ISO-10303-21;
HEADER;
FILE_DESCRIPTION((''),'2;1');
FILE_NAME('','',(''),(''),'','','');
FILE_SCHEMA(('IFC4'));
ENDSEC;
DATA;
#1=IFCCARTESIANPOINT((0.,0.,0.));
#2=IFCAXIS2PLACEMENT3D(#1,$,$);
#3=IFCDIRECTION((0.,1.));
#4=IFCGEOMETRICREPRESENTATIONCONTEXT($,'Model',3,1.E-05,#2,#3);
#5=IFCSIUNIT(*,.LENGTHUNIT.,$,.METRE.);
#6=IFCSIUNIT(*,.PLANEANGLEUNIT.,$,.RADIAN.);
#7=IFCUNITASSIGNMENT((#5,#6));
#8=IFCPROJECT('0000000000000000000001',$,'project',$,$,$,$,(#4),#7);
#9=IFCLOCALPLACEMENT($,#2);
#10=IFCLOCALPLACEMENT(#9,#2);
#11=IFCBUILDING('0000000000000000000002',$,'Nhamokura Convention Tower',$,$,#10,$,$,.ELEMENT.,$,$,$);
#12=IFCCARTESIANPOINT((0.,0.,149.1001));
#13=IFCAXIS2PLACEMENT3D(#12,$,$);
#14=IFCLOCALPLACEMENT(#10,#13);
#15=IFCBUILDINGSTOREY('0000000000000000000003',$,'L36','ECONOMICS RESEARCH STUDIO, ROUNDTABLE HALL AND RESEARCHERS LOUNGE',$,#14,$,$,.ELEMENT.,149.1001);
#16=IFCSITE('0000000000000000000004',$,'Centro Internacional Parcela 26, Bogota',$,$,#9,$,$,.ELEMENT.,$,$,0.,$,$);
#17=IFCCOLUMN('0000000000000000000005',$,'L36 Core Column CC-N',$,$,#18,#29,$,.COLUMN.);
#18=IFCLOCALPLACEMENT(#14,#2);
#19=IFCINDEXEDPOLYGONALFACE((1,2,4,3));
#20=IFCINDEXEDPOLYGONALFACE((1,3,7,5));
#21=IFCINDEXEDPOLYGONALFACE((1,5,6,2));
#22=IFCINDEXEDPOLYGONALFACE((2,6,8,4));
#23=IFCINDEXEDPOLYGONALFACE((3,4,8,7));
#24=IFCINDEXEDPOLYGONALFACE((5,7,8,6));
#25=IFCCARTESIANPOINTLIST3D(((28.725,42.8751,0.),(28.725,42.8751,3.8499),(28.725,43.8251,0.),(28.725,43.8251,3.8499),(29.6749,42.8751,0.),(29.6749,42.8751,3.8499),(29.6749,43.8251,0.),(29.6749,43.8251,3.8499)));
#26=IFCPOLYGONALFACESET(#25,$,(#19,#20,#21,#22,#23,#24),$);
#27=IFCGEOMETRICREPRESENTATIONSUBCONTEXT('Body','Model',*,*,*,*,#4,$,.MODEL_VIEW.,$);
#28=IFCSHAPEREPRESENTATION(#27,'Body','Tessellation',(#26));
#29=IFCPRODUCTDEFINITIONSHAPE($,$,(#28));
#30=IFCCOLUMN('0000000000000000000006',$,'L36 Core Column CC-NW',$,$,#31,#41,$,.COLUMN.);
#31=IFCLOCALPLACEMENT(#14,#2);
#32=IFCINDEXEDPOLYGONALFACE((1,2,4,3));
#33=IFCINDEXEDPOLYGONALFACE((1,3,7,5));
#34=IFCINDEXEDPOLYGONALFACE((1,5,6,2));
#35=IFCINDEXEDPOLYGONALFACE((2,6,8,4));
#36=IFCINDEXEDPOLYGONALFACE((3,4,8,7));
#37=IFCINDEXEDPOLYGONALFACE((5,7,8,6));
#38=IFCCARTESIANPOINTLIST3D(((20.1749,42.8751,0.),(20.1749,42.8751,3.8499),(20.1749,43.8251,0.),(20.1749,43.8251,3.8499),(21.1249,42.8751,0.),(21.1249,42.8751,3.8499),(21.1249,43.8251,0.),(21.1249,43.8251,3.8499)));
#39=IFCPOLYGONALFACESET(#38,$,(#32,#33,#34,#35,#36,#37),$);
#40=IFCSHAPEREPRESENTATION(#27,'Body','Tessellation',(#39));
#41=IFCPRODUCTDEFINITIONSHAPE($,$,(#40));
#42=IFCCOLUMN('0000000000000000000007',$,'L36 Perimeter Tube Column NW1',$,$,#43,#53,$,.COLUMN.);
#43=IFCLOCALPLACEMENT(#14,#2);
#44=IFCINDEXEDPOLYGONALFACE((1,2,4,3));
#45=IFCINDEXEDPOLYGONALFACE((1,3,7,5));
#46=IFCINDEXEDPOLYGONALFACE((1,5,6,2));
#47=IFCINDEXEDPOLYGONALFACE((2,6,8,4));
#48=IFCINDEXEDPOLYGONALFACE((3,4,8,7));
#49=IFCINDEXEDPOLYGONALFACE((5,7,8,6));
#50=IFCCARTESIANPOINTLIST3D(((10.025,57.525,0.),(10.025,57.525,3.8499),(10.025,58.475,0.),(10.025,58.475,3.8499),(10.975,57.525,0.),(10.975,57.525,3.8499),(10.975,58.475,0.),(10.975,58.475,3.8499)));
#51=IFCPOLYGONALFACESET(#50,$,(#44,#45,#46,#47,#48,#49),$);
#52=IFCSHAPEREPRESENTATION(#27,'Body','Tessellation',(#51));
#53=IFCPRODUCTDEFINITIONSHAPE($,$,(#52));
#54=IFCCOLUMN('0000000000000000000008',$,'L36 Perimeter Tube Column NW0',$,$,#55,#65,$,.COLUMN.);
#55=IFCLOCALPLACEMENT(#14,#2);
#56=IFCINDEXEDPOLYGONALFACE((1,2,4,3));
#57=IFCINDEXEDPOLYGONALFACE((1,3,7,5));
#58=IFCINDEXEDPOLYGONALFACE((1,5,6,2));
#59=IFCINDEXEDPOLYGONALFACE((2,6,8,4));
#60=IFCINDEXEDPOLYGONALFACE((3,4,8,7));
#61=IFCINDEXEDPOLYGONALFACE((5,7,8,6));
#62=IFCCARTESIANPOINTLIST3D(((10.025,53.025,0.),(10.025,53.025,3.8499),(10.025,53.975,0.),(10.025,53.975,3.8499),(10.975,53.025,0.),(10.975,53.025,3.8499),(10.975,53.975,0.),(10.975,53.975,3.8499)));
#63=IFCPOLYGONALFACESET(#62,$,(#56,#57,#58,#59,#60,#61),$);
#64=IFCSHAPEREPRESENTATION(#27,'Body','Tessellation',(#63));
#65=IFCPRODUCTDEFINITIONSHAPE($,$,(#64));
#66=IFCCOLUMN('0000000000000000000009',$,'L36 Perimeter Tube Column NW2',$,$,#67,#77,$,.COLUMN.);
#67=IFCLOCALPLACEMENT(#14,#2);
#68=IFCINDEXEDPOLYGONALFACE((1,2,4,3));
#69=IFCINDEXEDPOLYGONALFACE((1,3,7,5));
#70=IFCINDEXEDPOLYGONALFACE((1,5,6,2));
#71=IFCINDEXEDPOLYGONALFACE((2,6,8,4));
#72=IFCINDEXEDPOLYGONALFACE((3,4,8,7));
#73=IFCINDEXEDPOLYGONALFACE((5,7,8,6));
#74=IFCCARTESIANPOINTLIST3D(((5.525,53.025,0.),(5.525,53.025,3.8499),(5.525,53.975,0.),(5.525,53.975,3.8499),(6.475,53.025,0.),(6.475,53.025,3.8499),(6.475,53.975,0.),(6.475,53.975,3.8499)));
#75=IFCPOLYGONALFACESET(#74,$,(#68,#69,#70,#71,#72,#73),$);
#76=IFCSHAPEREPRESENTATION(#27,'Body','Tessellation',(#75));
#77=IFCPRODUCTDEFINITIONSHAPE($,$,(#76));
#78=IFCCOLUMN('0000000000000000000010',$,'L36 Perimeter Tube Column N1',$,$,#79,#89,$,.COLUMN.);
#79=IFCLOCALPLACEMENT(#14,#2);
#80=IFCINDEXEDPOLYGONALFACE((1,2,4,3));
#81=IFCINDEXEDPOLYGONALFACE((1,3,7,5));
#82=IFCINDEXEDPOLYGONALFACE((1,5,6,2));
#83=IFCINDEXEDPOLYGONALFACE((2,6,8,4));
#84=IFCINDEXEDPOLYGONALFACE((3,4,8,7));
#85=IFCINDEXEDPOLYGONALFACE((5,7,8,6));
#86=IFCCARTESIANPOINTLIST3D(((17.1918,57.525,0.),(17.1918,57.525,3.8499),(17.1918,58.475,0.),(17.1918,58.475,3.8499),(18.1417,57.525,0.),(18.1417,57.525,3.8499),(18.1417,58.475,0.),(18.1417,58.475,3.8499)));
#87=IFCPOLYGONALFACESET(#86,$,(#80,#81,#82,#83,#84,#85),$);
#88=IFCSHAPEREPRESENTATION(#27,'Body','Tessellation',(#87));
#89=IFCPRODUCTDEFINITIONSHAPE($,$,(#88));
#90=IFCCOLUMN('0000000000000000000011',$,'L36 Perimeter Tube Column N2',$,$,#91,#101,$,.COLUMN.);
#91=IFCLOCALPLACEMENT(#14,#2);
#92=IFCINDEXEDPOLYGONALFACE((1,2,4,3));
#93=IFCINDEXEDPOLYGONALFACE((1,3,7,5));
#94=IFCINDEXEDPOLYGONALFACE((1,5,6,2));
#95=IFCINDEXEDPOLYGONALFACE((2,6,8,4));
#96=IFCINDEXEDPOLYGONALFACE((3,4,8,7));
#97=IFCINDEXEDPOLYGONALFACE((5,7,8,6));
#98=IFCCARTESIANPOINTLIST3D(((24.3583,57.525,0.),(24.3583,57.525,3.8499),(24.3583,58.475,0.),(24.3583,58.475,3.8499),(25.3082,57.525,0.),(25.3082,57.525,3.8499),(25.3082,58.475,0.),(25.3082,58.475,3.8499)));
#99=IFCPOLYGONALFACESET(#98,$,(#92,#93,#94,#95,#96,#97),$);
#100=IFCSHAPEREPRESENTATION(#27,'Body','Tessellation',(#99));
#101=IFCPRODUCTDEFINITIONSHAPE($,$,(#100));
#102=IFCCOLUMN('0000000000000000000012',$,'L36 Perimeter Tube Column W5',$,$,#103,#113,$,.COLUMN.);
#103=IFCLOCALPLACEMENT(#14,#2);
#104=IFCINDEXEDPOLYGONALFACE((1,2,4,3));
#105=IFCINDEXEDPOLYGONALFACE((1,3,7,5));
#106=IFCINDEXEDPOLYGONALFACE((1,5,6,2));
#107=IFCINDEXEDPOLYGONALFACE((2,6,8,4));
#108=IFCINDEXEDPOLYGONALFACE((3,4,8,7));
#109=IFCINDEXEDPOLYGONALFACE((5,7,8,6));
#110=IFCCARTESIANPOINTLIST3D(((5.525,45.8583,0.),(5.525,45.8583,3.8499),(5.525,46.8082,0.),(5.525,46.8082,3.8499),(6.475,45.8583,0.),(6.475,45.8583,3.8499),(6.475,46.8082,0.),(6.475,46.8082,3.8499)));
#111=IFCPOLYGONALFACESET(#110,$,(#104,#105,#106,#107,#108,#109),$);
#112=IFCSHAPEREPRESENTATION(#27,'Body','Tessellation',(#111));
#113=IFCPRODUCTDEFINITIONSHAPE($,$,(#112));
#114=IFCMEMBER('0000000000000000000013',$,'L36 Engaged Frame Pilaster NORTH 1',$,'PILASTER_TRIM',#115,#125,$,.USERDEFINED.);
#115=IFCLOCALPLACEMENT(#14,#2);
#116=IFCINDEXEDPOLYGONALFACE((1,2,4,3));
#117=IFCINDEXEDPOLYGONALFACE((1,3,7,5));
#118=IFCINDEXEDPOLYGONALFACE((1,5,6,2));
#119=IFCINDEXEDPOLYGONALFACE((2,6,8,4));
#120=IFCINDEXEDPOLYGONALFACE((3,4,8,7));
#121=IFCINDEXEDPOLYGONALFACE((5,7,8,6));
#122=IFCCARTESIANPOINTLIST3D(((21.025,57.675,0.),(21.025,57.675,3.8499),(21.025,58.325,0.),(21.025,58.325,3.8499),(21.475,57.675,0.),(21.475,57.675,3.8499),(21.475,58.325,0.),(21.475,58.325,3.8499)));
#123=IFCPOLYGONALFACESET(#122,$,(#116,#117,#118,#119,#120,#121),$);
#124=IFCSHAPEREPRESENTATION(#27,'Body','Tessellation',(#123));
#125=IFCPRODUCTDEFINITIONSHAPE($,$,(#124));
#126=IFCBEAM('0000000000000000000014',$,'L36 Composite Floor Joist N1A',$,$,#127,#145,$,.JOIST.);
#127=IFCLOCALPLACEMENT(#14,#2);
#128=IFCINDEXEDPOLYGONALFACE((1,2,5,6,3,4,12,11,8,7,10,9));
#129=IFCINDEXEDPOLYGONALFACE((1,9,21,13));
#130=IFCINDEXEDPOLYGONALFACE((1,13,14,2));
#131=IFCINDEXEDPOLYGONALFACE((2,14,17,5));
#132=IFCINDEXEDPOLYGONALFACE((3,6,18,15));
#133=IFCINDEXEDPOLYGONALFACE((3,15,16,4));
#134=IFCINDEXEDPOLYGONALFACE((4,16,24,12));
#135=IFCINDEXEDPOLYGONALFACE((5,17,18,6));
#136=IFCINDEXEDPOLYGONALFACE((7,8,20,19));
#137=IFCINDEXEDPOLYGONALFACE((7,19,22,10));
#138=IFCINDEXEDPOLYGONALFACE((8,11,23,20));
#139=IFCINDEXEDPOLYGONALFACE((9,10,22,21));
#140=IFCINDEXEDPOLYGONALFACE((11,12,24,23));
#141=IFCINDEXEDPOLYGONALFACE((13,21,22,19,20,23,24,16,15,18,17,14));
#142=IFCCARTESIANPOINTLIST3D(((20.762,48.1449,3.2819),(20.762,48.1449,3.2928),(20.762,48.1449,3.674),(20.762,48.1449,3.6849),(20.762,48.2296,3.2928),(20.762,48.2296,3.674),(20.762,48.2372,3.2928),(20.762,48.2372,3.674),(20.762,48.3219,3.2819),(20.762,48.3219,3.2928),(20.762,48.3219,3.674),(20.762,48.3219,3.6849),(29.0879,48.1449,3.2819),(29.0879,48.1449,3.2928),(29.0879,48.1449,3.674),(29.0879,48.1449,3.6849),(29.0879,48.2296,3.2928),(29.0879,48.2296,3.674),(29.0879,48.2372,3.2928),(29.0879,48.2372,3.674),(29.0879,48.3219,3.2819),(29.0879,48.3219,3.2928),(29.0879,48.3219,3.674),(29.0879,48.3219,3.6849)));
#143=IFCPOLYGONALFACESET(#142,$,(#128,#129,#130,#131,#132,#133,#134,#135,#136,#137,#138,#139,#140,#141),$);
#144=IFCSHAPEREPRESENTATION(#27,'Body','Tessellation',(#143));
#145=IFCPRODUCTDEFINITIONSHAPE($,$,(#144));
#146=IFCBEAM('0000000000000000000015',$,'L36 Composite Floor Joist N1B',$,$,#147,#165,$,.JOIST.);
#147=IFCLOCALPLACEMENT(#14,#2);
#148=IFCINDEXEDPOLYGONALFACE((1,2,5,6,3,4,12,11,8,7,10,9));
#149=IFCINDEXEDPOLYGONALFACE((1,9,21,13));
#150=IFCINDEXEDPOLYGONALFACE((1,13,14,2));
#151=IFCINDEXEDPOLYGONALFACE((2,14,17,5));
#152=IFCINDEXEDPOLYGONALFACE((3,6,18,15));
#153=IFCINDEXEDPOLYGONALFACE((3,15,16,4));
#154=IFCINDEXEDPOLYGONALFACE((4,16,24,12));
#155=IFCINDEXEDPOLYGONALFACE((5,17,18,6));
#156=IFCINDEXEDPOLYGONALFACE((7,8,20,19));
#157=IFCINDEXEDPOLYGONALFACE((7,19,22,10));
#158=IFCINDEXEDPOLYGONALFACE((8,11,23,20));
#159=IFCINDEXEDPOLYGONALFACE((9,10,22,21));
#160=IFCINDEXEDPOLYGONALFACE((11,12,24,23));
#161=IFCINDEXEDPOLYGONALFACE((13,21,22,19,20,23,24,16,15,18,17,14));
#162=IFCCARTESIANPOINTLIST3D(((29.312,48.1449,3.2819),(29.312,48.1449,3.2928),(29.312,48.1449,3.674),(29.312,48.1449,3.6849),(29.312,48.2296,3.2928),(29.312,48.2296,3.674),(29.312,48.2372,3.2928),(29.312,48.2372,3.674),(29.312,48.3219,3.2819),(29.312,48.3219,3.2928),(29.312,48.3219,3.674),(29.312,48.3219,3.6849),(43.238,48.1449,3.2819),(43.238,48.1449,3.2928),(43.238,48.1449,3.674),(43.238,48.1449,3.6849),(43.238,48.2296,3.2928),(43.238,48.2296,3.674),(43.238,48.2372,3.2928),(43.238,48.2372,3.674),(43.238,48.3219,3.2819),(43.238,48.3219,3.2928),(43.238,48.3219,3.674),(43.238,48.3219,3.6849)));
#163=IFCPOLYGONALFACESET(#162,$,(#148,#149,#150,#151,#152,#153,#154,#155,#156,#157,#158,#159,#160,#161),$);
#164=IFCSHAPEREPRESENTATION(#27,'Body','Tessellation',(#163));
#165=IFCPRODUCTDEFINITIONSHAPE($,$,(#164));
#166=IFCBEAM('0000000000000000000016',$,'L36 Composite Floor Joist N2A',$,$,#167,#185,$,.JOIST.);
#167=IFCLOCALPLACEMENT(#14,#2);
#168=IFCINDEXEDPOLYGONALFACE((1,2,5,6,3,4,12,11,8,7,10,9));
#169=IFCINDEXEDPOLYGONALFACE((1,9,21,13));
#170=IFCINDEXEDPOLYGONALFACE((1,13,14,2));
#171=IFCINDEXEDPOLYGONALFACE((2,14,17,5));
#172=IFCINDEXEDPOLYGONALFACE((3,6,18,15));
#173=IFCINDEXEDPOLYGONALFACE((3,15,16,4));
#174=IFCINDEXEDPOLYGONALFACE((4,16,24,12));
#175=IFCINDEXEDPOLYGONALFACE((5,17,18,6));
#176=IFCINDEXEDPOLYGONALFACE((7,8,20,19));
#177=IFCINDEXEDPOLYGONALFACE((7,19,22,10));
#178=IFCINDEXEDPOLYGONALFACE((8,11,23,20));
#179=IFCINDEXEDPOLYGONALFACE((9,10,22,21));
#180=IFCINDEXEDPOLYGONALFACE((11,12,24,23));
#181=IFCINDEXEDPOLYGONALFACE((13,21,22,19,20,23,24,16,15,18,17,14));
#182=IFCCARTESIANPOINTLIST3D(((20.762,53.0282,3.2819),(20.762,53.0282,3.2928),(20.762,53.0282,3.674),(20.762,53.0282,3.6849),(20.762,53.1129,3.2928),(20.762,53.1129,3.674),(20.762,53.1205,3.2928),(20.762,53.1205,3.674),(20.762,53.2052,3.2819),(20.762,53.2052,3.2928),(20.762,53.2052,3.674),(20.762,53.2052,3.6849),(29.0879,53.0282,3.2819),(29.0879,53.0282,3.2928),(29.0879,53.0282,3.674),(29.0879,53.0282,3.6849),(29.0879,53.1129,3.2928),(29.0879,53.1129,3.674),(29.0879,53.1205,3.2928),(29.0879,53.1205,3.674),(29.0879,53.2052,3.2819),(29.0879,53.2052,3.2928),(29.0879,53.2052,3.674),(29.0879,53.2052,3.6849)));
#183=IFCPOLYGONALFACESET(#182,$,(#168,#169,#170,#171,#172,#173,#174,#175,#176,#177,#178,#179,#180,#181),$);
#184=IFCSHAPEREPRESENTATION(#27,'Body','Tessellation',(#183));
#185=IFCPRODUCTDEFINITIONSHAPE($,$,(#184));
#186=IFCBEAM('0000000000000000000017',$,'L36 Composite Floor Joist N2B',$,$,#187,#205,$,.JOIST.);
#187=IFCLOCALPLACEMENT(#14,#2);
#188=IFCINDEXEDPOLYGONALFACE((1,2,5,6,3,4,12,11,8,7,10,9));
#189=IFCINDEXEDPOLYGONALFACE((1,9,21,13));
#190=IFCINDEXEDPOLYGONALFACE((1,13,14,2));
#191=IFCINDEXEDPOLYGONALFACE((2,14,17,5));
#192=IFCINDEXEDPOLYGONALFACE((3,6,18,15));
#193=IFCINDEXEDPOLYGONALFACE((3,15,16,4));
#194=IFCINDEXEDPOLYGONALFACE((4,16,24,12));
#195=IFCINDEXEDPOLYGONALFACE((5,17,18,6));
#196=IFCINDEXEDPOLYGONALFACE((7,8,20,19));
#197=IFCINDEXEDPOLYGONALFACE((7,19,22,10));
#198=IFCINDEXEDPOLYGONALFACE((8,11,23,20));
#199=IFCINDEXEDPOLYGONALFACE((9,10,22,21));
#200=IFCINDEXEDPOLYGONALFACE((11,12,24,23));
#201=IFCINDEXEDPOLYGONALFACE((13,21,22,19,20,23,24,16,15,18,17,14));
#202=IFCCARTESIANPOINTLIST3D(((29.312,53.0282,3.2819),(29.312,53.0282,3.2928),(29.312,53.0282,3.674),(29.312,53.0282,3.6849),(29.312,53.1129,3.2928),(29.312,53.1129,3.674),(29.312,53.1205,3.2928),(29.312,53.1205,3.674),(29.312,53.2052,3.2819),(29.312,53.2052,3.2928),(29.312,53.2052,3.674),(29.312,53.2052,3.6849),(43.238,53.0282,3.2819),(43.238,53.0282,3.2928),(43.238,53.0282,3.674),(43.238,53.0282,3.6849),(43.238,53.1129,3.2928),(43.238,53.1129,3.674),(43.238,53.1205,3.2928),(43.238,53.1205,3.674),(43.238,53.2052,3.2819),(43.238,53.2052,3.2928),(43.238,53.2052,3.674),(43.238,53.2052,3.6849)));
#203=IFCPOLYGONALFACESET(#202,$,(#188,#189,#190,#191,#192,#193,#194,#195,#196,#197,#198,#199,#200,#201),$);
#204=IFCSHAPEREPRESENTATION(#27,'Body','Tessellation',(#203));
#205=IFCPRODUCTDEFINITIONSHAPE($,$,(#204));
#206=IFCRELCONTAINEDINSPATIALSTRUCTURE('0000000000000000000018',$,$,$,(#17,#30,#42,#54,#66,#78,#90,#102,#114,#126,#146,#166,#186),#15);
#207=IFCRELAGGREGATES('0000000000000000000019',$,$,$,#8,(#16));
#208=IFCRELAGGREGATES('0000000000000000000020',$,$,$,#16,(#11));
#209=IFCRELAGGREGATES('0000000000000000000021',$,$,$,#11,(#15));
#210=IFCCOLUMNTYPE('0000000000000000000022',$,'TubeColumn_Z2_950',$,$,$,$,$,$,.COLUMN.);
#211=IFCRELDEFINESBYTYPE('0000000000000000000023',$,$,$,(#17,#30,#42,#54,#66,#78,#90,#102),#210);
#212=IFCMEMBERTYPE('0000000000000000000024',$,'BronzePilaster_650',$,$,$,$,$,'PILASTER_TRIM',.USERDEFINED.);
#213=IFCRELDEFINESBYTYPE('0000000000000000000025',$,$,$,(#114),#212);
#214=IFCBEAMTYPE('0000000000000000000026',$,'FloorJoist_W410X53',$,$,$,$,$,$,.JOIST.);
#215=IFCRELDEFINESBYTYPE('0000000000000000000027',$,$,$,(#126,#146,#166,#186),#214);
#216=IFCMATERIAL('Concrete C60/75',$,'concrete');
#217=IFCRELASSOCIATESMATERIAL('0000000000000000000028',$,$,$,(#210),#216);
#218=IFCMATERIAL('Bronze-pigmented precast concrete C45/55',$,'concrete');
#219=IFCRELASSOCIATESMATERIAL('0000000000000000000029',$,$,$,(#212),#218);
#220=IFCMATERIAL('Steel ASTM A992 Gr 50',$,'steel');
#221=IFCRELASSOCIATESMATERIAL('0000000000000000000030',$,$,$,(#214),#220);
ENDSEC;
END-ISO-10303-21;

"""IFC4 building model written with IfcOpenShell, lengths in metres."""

from ifc_helpers import new_model, si_unit, direction, frame, origin, origin_2d, place, context, subcontext, project, spatial, rectangle, i_section, extrude, material, material_profile, profile_set, type_object, element, save


model = new_model("IFC4")

# Units and contexts
model_context = context("Model", 3, precision=1e-05, world=origin(), true_north=direction((0.0, 1.0)))
body_context = subcontext(model_context, "Body", "Model", "MODEL_VIEW")
ifc_project = project(units=[si_unit("LENGTHUNIT", "METRE"), si_unit("PLANEANGLEUNIT", "RADIAN")], contexts=[model_context])

# Site, building, storey
site_placement = place(None, origin())
site = spatial("IfcSite", under=ifc_project, at=site_placement, Name="Centro Internacional Parcela 26, Bogota", CompositionType="ELEMENT", RefElevation=0.0)
building_placement = place(site_placement, origin())
building = spatial("IfcBuilding", under=site, at=building_placement, Name="Nhamokura Convention Tower", CompositionType="ELEMENT")
storey_placement = place(building_placement, frame((0.0, 0.0, 149.1001)))
storey = spatial("IfcBuildingStorey", under=building, at=storey_placement, Name="L36", Description="ECONOMICS RESEARCH STUDIO, ROUNDTABLE HALL AND RESEARCHERS LOUNGE", CompositionType="ELEMENT", Elevation=149.1001)

# Columns
ifc_material_1 = material(Name="Concrete C60/75", Category="concrete")
ifc_material_profile_1 = material_profile(ifc_material_1, rectangle(XDim=0.95, YDim=0.95, at=origin_2d()))
ifc_profile_set_1 = profile_set([ifc_material_profile_1], Name="Concrete C60/75")
column_type = type_object("IfcColumnType", Name="TubeColumn_Z2_950", PredefinedType="COLUMN", material=ifc_profile_set_1)
for number, where, z_axis, x_axis, name in (
    (1, (29.2, 43.3501, 0.0), (0.0, 0.0, 1.0), (1.0, 0.0, 0.0), "L36 Core Column CC-N"),
    (2, (20.6499, 43.3501, 0.0), (0.0, 0.0, 1.0), (1.0, 0.0, 0.0), "L36 Core Column CC-NW"),
    (3, (10.5, 58.0, 0.0), (0.0, 0.0, 1.0), (1.0, 0.0, 0.0), "L36 Perimeter Tube Column NW1"),
    (4, (10.5, 53.5, 0.0), (0.0, 0.0, 1.0), (1.0, 0.0, 0.0), "L36 Perimeter Tube Column NW0"),
    (5, (6.0, 53.5, 0.0), (0.0, 0.0, 1.0), (1.0, 0.0, 0.0), "L36 Perimeter Tube Column NW2"),
    (6, (17.6667, 58.0, 0.0), (0.0, 0.0, 1.0), (1.0, 0.0, 0.0), "L36 Perimeter Tube Column N1"),
    (7, (24.8333, 58.0, 0.0), (0.0, 0.0, 1.0), (1.0, 0.0, 0.0), "L36 Perimeter Tube Column N2"),
    (8, (6.0, 46.3333, 0.0), (0.0, 0.0, 1.0), (1.0, 0.0, 0.0), "L36 Perimeter Tube Column W5"),
):
    element("IfcColumn", number, at=place(storey_placement, frame(where, z_axis=z_axis, x_axis=x_axis)), inside=storey, type_object=column_type, Name=name, PredefinedType="COLUMN", context=body_context, shape_type="SweptSolid", body=[
        extrude(rectangle(XDim=0.95, YDim=0.95, at=origin_2d()), origin(), (0.0, 0.0, 1.0), 3.8499),
    ])

# Member
ifc_material_2 = material(Name="Bronze-pigmented precast concrete C45/55", Category="concrete")
ifc_material_profile_2 = material_profile(ifc_material_2, rectangle(XDim=0.45, YDim=0.6499, at=origin_2d()))
ifc_profile_set_2 = profile_set([ifc_material_profile_2], Name="Bronze-pigmented precast concrete C45/55")
member_type_1 = type_object("IfcMemberType", Name="BronzePilaster_650", ElementType="PILASTER_TRIM", PredefinedType="USERDEFINED", material=ifc_profile_set_2)
member_placement = place(storey_placement, frame((21.25, 58.0, 0.0), z_axis=(0.0, 0.0, 1.0), x_axis=(1.0, 0.0, 0.0)))
element("IfcMember", 9, at=member_placement, inside=storey, type_object=member_type_1, Name="L36 Engaged Frame Pilaster NORTH 1", ObjectType="PILASTER_TRIM", PredefinedType="USERDEFINED", context=body_context, shape_type="SweptSolid", body=[
    extrude(rectangle(XDim=0.45, YDim=0.6499, at=origin_2d()), origin(), (0.0, 0.0, 1.0), 3.8499),
])

# Beams
ifc_material_3 = material(Name="Steel ASTM A992 Gr 50", Category="steel")
ifc_material_profile_3 = material_profile(ifc_material_3, i_section(OverallWidth=0.177, OverallDepth=0.4031, WebThickness=0.0076, FlangeThickness=0.011, at=origin_2d()))
ifc_profile_set_3 = profile_set([ifc_material_profile_3], Name="Steel ASTM A992 Gr 50")
beam_type_1 = type_object("IfcBeamType", Name="FloorJoist_W410X53", PredefinedType="JOIST", material=ifc_profile_set_3)
beam_1_placement = place(storey_placement, frame((20.762, 48.2334, 3.4834), z_axis=(1.0, 0.0, 0.0), x_axis=(0.0, 1.0, 0.0)))
element("IfcBeam", 10, at=beam_1_placement, inside=storey, type_object=beam_type_1, Name="L36 Composite Floor Joist N1A", PredefinedType="JOIST", context=body_context, shape_type="SweptSolid", body=[
    extrude(i_section(OverallWidth=0.177, OverallDepth=0.4031, WebThickness=0.0076, FlangeThickness=0.011, at=origin_2d()), origin(), (0.0, 0.0, 1.0), 8.3259),
])
beam_2_placement = place(storey_placement, frame((29.312, 48.2334, 3.4834), z_axis=(1.0, 0.0, 0.0), x_axis=(0.0, 1.0, 0.0)))
element("IfcBeam", 11, at=beam_2_placement, inside=storey, type_object=beam_type_1, Name="L36 Composite Floor Joist N1B", PredefinedType="JOIST", context=body_context, shape_type="SweptSolid", body=[
    extrude(i_section(OverallWidth=0.177, OverallDepth=0.4031, WebThickness=0.0076, FlangeThickness=0.011, at=origin_2d()), origin(), (0.0, 0.0, 1.0), 13.926),
])
beam_3_placement = place(storey_placement, frame((20.762, 53.1167, 3.4834), z_axis=(1.0, 0.0, 0.0), x_axis=(0.0, 1.0, 0.0)))
element("IfcBeam", 12, at=beam_3_placement, inside=storey, type_object=beam_type_1, Name="L36 Composite Floor Joist N2A", PredefinedType="JOIST", context=body_context, shape_type="SweptSolid", body=[
    extrude(i_section(OverallWidth=0.177, OverallDepth=0.4031, WebThickness=0.0076, FlangeThickness=0.011, at=origin_2d()), origin(), (0.0, 0.0, 1.0), 8.3259),
])
beam_4_placement = place(storey_placement, frame((29.312, 53.1167, 3.4834), z_axis=(1.0, 0.0, 0.0), x_axis=(0.0, 1.0, 0.0)))
element("IfcBeam", 13, at=beam_4_placement, inside=storey, type_object=beam_type_1, Name="L36 Composite Floor Joist N2B", PredefinedType="JOIST", context=body_context, shape_type="SweptSolid", body=[
    extrude(i_section(OverallWidth=0.177, OverallDepth=0.4031, WebThickness=0.0076, FlangeThickness=0.011, at=origin_2d()), origin(), (0.0, 0.0, 1.0), 13.926),
])

save(model, "model.ifc")
